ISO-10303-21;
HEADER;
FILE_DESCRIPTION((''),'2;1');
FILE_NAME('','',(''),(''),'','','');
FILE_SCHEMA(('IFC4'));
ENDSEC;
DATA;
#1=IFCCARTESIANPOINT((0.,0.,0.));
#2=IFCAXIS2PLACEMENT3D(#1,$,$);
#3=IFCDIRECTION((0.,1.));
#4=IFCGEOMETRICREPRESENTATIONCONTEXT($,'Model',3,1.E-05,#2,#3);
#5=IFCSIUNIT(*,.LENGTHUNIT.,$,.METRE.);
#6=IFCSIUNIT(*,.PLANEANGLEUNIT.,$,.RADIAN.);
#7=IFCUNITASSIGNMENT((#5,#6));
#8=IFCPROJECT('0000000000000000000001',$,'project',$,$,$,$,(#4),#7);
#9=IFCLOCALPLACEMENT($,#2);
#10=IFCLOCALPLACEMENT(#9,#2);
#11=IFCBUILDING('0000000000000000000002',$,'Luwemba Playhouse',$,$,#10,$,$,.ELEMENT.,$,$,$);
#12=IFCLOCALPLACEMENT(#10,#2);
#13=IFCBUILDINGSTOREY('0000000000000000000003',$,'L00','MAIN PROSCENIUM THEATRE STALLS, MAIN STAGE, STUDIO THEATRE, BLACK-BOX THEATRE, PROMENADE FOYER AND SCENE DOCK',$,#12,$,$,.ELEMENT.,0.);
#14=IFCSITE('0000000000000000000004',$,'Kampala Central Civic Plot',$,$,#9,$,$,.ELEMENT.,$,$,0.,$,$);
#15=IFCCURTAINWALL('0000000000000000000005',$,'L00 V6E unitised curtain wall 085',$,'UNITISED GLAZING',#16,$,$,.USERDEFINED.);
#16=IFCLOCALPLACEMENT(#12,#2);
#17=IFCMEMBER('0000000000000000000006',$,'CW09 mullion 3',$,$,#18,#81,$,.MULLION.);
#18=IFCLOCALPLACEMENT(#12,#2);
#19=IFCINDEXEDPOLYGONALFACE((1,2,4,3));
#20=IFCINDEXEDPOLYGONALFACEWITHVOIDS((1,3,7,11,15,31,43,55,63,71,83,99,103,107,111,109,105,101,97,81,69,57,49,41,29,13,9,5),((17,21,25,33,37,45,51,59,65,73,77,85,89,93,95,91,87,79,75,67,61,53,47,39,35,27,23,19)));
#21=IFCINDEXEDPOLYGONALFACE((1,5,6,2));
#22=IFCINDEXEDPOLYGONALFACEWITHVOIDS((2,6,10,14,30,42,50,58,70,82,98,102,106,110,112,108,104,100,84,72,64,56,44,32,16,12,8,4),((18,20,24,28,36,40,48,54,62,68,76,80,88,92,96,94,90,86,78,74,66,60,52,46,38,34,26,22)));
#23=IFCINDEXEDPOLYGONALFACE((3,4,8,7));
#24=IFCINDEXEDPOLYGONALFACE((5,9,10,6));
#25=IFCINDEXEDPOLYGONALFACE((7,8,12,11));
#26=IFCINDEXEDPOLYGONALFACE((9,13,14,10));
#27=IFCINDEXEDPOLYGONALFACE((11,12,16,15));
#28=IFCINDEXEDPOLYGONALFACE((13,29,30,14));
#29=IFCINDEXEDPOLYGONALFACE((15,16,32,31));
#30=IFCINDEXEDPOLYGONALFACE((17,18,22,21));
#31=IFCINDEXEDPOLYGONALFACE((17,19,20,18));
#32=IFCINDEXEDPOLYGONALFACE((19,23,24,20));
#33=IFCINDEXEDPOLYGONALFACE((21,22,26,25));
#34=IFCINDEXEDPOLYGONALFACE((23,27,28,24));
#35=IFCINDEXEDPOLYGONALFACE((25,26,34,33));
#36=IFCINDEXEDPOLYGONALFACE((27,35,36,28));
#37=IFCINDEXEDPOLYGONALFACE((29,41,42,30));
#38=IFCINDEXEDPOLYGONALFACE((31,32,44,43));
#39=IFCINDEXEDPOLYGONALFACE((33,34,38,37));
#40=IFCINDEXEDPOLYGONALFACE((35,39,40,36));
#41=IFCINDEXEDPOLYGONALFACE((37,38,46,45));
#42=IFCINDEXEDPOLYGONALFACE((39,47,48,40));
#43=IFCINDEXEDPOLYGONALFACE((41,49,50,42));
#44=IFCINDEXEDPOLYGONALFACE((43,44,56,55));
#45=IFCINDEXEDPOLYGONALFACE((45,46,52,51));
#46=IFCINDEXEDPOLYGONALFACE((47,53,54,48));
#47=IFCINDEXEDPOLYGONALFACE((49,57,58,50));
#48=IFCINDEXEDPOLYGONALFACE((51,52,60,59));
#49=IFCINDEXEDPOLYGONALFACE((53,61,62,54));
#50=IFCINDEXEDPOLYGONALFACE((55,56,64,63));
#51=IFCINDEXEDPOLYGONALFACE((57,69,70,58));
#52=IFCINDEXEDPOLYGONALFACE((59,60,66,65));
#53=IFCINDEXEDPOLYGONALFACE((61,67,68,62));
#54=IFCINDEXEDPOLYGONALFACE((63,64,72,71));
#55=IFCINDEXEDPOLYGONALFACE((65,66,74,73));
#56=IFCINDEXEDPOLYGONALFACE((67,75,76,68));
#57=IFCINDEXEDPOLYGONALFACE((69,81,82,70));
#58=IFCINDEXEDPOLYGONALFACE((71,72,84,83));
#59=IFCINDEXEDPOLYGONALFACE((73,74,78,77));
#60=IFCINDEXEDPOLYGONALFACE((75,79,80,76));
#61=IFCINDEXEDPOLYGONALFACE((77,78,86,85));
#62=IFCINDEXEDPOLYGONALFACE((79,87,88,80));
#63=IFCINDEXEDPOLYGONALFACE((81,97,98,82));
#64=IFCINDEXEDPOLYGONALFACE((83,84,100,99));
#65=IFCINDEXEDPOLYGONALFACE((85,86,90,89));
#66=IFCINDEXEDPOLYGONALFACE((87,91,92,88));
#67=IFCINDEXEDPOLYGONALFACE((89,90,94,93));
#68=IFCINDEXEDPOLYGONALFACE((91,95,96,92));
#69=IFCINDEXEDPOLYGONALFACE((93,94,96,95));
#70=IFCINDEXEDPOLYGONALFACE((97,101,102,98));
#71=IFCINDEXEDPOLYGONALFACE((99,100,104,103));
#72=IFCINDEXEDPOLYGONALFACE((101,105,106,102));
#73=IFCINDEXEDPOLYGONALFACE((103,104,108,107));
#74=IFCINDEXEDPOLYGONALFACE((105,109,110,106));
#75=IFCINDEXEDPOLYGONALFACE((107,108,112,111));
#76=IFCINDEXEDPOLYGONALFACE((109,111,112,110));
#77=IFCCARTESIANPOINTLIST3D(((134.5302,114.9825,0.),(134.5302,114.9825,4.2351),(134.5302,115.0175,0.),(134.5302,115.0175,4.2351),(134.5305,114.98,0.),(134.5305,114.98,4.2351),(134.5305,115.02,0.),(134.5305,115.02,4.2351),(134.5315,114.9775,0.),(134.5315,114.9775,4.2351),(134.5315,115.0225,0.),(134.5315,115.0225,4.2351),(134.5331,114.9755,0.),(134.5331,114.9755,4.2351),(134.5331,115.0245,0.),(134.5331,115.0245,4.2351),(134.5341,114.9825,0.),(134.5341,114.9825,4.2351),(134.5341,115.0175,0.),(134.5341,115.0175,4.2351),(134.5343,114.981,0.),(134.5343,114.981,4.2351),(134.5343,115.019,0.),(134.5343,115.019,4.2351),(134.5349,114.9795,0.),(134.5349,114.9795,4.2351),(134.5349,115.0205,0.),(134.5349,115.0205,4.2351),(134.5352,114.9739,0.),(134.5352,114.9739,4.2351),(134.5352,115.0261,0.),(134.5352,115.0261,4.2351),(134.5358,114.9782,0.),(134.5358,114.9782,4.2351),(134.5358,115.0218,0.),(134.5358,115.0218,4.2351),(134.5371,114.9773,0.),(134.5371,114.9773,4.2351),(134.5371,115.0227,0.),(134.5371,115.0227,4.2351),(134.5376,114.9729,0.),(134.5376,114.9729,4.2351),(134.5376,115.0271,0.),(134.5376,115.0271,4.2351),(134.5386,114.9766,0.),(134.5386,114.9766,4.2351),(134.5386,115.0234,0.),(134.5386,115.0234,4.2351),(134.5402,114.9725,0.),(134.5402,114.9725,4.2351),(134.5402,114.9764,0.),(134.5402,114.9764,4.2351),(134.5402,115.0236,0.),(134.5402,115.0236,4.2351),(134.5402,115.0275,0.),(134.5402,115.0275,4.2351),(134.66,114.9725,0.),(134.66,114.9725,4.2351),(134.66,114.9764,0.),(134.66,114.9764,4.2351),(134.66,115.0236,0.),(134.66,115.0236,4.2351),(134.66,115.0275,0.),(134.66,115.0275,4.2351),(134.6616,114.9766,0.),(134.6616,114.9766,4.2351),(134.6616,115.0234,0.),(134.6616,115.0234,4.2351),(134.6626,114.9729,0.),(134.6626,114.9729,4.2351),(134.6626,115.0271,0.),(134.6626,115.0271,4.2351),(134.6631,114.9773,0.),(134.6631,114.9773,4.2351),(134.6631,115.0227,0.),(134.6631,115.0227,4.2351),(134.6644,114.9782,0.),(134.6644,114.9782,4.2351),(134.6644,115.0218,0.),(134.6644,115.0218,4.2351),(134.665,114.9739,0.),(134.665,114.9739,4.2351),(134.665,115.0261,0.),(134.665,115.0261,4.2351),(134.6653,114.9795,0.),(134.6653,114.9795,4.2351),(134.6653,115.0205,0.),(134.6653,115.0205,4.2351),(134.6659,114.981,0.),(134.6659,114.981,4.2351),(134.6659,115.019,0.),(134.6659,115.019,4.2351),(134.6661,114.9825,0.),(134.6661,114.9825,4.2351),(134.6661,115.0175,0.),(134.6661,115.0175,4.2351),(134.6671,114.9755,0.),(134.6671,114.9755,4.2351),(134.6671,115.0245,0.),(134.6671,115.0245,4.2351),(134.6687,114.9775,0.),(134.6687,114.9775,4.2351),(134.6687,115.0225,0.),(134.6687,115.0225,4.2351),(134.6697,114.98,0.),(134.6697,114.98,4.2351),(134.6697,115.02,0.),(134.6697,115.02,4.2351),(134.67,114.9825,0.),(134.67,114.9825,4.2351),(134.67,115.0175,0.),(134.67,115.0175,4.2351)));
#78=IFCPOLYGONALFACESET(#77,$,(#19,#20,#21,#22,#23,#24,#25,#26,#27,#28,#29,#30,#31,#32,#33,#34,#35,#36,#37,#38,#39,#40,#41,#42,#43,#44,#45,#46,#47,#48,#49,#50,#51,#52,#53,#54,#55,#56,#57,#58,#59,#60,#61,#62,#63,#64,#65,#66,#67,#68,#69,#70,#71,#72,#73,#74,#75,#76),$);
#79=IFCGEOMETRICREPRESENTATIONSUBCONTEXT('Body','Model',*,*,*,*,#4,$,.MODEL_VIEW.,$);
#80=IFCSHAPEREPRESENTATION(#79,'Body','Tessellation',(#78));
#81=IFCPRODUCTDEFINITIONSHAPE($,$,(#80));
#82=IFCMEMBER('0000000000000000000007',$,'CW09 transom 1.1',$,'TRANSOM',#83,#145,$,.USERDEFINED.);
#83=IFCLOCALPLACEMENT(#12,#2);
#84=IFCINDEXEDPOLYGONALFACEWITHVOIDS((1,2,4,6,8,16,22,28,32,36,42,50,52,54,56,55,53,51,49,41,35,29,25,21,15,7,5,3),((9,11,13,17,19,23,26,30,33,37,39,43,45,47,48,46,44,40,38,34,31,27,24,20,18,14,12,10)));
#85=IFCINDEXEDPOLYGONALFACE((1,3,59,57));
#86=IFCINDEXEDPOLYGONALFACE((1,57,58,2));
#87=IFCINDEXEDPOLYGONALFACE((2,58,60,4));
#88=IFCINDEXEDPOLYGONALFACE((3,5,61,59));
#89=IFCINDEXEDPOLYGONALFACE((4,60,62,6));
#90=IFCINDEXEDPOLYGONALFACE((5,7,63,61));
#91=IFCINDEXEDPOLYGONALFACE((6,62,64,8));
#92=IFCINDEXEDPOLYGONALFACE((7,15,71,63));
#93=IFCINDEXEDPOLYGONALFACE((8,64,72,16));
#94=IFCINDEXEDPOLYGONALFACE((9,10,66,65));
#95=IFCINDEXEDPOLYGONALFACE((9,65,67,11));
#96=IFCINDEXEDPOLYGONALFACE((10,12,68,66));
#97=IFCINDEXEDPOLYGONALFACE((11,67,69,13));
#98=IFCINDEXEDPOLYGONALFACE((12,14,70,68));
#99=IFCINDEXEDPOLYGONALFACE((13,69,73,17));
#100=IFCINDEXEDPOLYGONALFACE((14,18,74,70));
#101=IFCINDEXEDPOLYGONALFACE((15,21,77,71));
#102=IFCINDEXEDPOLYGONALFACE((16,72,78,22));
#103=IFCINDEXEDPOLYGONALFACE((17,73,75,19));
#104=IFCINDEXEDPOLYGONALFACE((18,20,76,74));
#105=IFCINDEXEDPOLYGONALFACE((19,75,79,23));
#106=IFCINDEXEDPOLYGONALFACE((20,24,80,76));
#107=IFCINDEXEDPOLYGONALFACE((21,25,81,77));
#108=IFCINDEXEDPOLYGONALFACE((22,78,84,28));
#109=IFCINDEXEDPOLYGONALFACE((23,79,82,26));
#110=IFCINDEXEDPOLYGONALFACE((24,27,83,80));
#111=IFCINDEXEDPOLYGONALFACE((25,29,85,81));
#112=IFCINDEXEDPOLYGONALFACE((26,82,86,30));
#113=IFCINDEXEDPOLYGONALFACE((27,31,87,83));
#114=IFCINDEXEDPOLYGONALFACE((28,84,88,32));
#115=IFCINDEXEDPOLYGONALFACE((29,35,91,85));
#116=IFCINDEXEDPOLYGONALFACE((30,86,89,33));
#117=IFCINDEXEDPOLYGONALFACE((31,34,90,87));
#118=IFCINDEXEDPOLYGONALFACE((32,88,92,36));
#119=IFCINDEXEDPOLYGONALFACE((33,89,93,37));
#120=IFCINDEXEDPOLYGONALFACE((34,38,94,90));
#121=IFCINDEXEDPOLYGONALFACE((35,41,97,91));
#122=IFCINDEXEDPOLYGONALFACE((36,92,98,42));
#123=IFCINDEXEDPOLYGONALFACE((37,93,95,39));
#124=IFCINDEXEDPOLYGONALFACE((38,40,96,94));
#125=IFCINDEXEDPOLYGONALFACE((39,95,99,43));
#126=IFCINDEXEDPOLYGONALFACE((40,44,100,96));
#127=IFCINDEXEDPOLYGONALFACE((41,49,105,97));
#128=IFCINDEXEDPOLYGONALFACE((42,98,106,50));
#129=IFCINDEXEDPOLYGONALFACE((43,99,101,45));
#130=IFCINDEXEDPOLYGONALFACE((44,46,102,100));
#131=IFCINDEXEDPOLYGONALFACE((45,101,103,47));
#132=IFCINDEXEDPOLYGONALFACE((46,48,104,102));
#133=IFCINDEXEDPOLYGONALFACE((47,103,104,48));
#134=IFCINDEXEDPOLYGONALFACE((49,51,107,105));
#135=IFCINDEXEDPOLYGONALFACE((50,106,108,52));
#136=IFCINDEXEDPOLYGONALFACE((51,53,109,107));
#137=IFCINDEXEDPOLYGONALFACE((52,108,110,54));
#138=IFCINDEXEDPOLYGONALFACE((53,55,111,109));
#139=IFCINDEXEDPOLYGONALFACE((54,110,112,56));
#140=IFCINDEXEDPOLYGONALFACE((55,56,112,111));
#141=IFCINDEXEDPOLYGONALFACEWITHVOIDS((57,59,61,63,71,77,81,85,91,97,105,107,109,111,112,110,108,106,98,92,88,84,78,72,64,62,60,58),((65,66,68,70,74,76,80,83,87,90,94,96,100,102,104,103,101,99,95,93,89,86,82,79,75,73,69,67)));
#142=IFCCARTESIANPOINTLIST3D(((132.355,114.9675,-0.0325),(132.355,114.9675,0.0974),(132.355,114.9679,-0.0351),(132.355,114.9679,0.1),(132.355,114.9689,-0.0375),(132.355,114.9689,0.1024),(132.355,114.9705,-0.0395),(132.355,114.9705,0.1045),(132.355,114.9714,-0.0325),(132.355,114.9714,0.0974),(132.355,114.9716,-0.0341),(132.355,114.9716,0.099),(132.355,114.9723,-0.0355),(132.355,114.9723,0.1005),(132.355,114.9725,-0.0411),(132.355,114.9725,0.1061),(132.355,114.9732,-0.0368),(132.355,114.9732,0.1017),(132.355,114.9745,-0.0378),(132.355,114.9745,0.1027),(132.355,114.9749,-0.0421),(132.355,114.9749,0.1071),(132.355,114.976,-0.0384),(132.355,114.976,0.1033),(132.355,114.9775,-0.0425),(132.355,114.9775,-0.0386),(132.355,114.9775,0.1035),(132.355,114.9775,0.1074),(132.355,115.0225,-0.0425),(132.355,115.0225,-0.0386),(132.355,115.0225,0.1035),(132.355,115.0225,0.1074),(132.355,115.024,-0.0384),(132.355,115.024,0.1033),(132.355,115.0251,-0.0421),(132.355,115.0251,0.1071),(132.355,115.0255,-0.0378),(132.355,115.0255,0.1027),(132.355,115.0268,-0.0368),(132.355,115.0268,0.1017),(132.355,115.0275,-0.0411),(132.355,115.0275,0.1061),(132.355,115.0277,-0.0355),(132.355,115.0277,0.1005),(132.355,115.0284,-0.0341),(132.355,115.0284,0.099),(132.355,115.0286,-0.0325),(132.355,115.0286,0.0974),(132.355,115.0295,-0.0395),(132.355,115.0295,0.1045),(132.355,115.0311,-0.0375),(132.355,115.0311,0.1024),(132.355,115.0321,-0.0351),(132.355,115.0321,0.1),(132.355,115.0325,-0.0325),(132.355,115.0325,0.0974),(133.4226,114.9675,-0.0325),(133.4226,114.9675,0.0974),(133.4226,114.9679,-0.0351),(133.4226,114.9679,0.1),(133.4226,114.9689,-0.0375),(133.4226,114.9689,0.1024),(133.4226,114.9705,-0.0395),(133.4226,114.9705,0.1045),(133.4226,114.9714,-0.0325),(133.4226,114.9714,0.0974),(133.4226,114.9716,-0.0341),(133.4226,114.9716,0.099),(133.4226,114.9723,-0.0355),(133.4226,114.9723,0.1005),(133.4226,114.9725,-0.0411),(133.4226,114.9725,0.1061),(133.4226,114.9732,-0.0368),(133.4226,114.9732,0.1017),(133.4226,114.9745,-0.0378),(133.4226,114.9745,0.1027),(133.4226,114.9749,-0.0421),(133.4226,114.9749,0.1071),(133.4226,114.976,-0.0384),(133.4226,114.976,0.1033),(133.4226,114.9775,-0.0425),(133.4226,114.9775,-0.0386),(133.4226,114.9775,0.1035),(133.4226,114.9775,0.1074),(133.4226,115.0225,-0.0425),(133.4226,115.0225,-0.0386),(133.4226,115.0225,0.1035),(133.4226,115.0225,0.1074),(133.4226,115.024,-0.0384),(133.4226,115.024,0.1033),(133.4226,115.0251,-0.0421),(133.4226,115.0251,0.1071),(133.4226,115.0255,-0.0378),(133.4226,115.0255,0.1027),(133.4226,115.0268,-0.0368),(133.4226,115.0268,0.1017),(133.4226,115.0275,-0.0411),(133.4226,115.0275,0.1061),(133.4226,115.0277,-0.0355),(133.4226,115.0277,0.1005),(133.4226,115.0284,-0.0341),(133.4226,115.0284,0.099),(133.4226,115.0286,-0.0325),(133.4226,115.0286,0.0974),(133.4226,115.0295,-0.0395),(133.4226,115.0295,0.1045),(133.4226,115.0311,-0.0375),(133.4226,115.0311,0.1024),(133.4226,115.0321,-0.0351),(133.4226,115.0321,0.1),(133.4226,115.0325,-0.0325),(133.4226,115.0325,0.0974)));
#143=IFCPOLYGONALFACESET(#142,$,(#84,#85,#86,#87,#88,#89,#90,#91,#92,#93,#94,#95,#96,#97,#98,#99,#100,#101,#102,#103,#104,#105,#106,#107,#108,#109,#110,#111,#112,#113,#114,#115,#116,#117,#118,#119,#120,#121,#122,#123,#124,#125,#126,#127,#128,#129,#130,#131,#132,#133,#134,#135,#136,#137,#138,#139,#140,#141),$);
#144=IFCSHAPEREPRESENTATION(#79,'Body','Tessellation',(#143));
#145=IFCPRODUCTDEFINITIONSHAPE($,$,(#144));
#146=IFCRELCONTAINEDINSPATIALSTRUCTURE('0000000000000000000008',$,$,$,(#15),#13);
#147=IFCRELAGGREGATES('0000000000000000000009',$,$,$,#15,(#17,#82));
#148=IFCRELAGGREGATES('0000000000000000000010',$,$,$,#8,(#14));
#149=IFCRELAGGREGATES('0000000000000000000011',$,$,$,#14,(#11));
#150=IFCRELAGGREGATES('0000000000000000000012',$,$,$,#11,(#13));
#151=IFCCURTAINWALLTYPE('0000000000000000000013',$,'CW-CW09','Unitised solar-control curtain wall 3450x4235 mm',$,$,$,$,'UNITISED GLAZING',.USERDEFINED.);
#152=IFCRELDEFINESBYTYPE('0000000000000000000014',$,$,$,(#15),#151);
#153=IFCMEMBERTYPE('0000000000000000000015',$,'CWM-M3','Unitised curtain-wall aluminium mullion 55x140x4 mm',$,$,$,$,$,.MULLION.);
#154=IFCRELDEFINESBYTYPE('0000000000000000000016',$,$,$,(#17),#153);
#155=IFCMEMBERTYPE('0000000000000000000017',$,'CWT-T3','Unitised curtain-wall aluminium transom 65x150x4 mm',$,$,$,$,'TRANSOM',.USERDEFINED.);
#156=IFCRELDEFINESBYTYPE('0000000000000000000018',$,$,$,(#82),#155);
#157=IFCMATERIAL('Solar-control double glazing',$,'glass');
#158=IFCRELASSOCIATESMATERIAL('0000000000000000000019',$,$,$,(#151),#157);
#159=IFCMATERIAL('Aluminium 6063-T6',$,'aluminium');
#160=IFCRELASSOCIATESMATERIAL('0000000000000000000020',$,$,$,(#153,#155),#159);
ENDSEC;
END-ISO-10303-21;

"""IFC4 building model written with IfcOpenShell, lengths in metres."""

from ifc_helpers import new_model, si_unit, direction, frame, origin, origin_2d, place, context, subcontext, project, spatial, hollow_rectangle, extrude, material, material_profile, profile_set, type_object, element, aggregate, save


model = new_model("IFC4")

# Units and contexts
model_context = context("Model", 3, precision=1e-05, world=origin(), true_north=direction((0.0, 1.0)))
body_context = subcontext(model_context, "Body", "Model", "MODEL_VIEW")
ifc_project = project(units=[si_unit("LENGTHUNIT", "METRE"), si_unit("PLANEANGLEUNIT", "RADIAN")], contexts=[model_context])

# Site, building, storey
site_placement = place(None, origin())
site = spatial("IfcSite", under=ifc_project, at=site_placement, Name="Kampala Central Civic Plot", CompositionType="ELEMENT", RefElevation=0.0)
building_placement = place(site_placement, origin())
building = spatial("IfcBuilding", under=site, at=building_placement, Name="Luwemba Playhouse", CompositionType="ELEMENT")
storey_placement = place(building_placement, origin())
storey = spatial("IfcBuildingStorey", under=building, at=storey_placement, Name="L00", Description="MAIN PROSCENIUM THEATRE STALLS, MAIN STAGE, STUDIO THEATRE, BLACK-BOX THEATRE, PROMENADE FOYER AND SCENE DOCK", CompositionType="ELEMENT", Elevation=0.0)

# Curtain wall, members
ifc_material_1 = material(Name="Solar-control double glazing", Category="glass")
curtain_wall_type = type_object("IfcCurtainWallType", Name="CW-CW09", Description="Unitised solar-control curtain wall 3450x4235 mm", ElementType="UNITISED GLAZING", PredefinedType="USERDEFINED", material=ifc_material_1)
curtain_wall_placement = place(storey_placement, origin())
curtain_wall = element("IfcCurtainWall", 1, at=curtain_wall_placement, inside=storey, type_object=curtain_wall_type, Name="L00 V6E unitised curtain wall 085", ObjectType="UNITISED GLAZING", PredefinedType="USERDEFINED")
ifc_material_2 = material(Name="Aluminium 6063-T6", Category="aluminium")
ifc_material_profile_1 = material_profile(ifc_material_2, hollow_rectangle(XDim=0.0549, YDim=0.1399, WallThickness=0.0039, InnerFilletRadius=0.0061, OuterFilletRadius=0.01, at=origin_2d()))
ifc_profile_set_1 = profile_set([ifc_material_profile_1], Name="Aluminium 6063-T6")
member_type_1 = type_object("IfcMemberType", Name="CWM-M3", Description="Unitised curtain-wall aluminium mullion 55x140x4 mm", PredefinedType="MULLION", material=ifc_profile_set_1)
member_1_placement = place(storey_placement, frame((134.6001, 115.0, 0.0), z_axis=(0.0, 0.0, 1.0), x_axis=(0.0, 1.0, 0.0)))
member_1 = element("IfcMember", 2, at=member_1_placement, type_object=member_type_1, Name="CW09 mullion 3", PredefinedType="MULLION", context=body_context, shape_type="SweptSolid", body=[
    extrude(hollow_rectangle(XDim=0.0549, YDim=0.1399, WallThickness=0.0039, InnerFilletRadius=0.0061, OuterFilletRadius=0.01, at=origin_2d()), origin(), (0.0, 0.0, 1.0), 4.2351),
])
ifc_material_profile_2 = material_profile(ifc_material_2, hollow_rectangle(XDim=0.0649, YDim=0.1499, WallThickness=0.0039, InnerFilletRadius=0.0061, OuterFilletRadius=0.01, at=origin_2d()))
ifc_profile_set_2 = profile_set([ifc_material_profile_2], Name="Aluminium 6063-T6")
member_type_2 = type_object("IfcMemberType", Name="CWT-T3", Description="Unitised curtain-wall aluminium transom 65x150x4 mm", ElementType="TRANSOM", PredefinedType="USERDEFINED", material=ifc_profile_set_2)
member_2_placement = place(storey_placement, frame((132.355, 115.0, 0.0325), z_axis=(1.0, 0.0, 0.0), x_axis=(0.0, 1.0, 0.0)))
member_2 = element("IfcMember", 3, at=member_2_placement, type_object=member_type_2, Name="CW09 transom 1.1", ObjectType="TRANSOM", PredefinedType="USERDEFINED", context=body_context, shape_type="SweptSolid", body=[
    extrude(hollow_rectangle(XDim=0.0649, YDim=0.1499, WallThickness=0.0039, InnerFilletRadius=0.0061, OuterFilletRadius=0.01, at=origin_2d()), origin(), (0.0, 0.0, 1.0), 1.0676),
])
aggregate(curtain_wall, [member_1, member_2])

save(model, "model.ifc")
